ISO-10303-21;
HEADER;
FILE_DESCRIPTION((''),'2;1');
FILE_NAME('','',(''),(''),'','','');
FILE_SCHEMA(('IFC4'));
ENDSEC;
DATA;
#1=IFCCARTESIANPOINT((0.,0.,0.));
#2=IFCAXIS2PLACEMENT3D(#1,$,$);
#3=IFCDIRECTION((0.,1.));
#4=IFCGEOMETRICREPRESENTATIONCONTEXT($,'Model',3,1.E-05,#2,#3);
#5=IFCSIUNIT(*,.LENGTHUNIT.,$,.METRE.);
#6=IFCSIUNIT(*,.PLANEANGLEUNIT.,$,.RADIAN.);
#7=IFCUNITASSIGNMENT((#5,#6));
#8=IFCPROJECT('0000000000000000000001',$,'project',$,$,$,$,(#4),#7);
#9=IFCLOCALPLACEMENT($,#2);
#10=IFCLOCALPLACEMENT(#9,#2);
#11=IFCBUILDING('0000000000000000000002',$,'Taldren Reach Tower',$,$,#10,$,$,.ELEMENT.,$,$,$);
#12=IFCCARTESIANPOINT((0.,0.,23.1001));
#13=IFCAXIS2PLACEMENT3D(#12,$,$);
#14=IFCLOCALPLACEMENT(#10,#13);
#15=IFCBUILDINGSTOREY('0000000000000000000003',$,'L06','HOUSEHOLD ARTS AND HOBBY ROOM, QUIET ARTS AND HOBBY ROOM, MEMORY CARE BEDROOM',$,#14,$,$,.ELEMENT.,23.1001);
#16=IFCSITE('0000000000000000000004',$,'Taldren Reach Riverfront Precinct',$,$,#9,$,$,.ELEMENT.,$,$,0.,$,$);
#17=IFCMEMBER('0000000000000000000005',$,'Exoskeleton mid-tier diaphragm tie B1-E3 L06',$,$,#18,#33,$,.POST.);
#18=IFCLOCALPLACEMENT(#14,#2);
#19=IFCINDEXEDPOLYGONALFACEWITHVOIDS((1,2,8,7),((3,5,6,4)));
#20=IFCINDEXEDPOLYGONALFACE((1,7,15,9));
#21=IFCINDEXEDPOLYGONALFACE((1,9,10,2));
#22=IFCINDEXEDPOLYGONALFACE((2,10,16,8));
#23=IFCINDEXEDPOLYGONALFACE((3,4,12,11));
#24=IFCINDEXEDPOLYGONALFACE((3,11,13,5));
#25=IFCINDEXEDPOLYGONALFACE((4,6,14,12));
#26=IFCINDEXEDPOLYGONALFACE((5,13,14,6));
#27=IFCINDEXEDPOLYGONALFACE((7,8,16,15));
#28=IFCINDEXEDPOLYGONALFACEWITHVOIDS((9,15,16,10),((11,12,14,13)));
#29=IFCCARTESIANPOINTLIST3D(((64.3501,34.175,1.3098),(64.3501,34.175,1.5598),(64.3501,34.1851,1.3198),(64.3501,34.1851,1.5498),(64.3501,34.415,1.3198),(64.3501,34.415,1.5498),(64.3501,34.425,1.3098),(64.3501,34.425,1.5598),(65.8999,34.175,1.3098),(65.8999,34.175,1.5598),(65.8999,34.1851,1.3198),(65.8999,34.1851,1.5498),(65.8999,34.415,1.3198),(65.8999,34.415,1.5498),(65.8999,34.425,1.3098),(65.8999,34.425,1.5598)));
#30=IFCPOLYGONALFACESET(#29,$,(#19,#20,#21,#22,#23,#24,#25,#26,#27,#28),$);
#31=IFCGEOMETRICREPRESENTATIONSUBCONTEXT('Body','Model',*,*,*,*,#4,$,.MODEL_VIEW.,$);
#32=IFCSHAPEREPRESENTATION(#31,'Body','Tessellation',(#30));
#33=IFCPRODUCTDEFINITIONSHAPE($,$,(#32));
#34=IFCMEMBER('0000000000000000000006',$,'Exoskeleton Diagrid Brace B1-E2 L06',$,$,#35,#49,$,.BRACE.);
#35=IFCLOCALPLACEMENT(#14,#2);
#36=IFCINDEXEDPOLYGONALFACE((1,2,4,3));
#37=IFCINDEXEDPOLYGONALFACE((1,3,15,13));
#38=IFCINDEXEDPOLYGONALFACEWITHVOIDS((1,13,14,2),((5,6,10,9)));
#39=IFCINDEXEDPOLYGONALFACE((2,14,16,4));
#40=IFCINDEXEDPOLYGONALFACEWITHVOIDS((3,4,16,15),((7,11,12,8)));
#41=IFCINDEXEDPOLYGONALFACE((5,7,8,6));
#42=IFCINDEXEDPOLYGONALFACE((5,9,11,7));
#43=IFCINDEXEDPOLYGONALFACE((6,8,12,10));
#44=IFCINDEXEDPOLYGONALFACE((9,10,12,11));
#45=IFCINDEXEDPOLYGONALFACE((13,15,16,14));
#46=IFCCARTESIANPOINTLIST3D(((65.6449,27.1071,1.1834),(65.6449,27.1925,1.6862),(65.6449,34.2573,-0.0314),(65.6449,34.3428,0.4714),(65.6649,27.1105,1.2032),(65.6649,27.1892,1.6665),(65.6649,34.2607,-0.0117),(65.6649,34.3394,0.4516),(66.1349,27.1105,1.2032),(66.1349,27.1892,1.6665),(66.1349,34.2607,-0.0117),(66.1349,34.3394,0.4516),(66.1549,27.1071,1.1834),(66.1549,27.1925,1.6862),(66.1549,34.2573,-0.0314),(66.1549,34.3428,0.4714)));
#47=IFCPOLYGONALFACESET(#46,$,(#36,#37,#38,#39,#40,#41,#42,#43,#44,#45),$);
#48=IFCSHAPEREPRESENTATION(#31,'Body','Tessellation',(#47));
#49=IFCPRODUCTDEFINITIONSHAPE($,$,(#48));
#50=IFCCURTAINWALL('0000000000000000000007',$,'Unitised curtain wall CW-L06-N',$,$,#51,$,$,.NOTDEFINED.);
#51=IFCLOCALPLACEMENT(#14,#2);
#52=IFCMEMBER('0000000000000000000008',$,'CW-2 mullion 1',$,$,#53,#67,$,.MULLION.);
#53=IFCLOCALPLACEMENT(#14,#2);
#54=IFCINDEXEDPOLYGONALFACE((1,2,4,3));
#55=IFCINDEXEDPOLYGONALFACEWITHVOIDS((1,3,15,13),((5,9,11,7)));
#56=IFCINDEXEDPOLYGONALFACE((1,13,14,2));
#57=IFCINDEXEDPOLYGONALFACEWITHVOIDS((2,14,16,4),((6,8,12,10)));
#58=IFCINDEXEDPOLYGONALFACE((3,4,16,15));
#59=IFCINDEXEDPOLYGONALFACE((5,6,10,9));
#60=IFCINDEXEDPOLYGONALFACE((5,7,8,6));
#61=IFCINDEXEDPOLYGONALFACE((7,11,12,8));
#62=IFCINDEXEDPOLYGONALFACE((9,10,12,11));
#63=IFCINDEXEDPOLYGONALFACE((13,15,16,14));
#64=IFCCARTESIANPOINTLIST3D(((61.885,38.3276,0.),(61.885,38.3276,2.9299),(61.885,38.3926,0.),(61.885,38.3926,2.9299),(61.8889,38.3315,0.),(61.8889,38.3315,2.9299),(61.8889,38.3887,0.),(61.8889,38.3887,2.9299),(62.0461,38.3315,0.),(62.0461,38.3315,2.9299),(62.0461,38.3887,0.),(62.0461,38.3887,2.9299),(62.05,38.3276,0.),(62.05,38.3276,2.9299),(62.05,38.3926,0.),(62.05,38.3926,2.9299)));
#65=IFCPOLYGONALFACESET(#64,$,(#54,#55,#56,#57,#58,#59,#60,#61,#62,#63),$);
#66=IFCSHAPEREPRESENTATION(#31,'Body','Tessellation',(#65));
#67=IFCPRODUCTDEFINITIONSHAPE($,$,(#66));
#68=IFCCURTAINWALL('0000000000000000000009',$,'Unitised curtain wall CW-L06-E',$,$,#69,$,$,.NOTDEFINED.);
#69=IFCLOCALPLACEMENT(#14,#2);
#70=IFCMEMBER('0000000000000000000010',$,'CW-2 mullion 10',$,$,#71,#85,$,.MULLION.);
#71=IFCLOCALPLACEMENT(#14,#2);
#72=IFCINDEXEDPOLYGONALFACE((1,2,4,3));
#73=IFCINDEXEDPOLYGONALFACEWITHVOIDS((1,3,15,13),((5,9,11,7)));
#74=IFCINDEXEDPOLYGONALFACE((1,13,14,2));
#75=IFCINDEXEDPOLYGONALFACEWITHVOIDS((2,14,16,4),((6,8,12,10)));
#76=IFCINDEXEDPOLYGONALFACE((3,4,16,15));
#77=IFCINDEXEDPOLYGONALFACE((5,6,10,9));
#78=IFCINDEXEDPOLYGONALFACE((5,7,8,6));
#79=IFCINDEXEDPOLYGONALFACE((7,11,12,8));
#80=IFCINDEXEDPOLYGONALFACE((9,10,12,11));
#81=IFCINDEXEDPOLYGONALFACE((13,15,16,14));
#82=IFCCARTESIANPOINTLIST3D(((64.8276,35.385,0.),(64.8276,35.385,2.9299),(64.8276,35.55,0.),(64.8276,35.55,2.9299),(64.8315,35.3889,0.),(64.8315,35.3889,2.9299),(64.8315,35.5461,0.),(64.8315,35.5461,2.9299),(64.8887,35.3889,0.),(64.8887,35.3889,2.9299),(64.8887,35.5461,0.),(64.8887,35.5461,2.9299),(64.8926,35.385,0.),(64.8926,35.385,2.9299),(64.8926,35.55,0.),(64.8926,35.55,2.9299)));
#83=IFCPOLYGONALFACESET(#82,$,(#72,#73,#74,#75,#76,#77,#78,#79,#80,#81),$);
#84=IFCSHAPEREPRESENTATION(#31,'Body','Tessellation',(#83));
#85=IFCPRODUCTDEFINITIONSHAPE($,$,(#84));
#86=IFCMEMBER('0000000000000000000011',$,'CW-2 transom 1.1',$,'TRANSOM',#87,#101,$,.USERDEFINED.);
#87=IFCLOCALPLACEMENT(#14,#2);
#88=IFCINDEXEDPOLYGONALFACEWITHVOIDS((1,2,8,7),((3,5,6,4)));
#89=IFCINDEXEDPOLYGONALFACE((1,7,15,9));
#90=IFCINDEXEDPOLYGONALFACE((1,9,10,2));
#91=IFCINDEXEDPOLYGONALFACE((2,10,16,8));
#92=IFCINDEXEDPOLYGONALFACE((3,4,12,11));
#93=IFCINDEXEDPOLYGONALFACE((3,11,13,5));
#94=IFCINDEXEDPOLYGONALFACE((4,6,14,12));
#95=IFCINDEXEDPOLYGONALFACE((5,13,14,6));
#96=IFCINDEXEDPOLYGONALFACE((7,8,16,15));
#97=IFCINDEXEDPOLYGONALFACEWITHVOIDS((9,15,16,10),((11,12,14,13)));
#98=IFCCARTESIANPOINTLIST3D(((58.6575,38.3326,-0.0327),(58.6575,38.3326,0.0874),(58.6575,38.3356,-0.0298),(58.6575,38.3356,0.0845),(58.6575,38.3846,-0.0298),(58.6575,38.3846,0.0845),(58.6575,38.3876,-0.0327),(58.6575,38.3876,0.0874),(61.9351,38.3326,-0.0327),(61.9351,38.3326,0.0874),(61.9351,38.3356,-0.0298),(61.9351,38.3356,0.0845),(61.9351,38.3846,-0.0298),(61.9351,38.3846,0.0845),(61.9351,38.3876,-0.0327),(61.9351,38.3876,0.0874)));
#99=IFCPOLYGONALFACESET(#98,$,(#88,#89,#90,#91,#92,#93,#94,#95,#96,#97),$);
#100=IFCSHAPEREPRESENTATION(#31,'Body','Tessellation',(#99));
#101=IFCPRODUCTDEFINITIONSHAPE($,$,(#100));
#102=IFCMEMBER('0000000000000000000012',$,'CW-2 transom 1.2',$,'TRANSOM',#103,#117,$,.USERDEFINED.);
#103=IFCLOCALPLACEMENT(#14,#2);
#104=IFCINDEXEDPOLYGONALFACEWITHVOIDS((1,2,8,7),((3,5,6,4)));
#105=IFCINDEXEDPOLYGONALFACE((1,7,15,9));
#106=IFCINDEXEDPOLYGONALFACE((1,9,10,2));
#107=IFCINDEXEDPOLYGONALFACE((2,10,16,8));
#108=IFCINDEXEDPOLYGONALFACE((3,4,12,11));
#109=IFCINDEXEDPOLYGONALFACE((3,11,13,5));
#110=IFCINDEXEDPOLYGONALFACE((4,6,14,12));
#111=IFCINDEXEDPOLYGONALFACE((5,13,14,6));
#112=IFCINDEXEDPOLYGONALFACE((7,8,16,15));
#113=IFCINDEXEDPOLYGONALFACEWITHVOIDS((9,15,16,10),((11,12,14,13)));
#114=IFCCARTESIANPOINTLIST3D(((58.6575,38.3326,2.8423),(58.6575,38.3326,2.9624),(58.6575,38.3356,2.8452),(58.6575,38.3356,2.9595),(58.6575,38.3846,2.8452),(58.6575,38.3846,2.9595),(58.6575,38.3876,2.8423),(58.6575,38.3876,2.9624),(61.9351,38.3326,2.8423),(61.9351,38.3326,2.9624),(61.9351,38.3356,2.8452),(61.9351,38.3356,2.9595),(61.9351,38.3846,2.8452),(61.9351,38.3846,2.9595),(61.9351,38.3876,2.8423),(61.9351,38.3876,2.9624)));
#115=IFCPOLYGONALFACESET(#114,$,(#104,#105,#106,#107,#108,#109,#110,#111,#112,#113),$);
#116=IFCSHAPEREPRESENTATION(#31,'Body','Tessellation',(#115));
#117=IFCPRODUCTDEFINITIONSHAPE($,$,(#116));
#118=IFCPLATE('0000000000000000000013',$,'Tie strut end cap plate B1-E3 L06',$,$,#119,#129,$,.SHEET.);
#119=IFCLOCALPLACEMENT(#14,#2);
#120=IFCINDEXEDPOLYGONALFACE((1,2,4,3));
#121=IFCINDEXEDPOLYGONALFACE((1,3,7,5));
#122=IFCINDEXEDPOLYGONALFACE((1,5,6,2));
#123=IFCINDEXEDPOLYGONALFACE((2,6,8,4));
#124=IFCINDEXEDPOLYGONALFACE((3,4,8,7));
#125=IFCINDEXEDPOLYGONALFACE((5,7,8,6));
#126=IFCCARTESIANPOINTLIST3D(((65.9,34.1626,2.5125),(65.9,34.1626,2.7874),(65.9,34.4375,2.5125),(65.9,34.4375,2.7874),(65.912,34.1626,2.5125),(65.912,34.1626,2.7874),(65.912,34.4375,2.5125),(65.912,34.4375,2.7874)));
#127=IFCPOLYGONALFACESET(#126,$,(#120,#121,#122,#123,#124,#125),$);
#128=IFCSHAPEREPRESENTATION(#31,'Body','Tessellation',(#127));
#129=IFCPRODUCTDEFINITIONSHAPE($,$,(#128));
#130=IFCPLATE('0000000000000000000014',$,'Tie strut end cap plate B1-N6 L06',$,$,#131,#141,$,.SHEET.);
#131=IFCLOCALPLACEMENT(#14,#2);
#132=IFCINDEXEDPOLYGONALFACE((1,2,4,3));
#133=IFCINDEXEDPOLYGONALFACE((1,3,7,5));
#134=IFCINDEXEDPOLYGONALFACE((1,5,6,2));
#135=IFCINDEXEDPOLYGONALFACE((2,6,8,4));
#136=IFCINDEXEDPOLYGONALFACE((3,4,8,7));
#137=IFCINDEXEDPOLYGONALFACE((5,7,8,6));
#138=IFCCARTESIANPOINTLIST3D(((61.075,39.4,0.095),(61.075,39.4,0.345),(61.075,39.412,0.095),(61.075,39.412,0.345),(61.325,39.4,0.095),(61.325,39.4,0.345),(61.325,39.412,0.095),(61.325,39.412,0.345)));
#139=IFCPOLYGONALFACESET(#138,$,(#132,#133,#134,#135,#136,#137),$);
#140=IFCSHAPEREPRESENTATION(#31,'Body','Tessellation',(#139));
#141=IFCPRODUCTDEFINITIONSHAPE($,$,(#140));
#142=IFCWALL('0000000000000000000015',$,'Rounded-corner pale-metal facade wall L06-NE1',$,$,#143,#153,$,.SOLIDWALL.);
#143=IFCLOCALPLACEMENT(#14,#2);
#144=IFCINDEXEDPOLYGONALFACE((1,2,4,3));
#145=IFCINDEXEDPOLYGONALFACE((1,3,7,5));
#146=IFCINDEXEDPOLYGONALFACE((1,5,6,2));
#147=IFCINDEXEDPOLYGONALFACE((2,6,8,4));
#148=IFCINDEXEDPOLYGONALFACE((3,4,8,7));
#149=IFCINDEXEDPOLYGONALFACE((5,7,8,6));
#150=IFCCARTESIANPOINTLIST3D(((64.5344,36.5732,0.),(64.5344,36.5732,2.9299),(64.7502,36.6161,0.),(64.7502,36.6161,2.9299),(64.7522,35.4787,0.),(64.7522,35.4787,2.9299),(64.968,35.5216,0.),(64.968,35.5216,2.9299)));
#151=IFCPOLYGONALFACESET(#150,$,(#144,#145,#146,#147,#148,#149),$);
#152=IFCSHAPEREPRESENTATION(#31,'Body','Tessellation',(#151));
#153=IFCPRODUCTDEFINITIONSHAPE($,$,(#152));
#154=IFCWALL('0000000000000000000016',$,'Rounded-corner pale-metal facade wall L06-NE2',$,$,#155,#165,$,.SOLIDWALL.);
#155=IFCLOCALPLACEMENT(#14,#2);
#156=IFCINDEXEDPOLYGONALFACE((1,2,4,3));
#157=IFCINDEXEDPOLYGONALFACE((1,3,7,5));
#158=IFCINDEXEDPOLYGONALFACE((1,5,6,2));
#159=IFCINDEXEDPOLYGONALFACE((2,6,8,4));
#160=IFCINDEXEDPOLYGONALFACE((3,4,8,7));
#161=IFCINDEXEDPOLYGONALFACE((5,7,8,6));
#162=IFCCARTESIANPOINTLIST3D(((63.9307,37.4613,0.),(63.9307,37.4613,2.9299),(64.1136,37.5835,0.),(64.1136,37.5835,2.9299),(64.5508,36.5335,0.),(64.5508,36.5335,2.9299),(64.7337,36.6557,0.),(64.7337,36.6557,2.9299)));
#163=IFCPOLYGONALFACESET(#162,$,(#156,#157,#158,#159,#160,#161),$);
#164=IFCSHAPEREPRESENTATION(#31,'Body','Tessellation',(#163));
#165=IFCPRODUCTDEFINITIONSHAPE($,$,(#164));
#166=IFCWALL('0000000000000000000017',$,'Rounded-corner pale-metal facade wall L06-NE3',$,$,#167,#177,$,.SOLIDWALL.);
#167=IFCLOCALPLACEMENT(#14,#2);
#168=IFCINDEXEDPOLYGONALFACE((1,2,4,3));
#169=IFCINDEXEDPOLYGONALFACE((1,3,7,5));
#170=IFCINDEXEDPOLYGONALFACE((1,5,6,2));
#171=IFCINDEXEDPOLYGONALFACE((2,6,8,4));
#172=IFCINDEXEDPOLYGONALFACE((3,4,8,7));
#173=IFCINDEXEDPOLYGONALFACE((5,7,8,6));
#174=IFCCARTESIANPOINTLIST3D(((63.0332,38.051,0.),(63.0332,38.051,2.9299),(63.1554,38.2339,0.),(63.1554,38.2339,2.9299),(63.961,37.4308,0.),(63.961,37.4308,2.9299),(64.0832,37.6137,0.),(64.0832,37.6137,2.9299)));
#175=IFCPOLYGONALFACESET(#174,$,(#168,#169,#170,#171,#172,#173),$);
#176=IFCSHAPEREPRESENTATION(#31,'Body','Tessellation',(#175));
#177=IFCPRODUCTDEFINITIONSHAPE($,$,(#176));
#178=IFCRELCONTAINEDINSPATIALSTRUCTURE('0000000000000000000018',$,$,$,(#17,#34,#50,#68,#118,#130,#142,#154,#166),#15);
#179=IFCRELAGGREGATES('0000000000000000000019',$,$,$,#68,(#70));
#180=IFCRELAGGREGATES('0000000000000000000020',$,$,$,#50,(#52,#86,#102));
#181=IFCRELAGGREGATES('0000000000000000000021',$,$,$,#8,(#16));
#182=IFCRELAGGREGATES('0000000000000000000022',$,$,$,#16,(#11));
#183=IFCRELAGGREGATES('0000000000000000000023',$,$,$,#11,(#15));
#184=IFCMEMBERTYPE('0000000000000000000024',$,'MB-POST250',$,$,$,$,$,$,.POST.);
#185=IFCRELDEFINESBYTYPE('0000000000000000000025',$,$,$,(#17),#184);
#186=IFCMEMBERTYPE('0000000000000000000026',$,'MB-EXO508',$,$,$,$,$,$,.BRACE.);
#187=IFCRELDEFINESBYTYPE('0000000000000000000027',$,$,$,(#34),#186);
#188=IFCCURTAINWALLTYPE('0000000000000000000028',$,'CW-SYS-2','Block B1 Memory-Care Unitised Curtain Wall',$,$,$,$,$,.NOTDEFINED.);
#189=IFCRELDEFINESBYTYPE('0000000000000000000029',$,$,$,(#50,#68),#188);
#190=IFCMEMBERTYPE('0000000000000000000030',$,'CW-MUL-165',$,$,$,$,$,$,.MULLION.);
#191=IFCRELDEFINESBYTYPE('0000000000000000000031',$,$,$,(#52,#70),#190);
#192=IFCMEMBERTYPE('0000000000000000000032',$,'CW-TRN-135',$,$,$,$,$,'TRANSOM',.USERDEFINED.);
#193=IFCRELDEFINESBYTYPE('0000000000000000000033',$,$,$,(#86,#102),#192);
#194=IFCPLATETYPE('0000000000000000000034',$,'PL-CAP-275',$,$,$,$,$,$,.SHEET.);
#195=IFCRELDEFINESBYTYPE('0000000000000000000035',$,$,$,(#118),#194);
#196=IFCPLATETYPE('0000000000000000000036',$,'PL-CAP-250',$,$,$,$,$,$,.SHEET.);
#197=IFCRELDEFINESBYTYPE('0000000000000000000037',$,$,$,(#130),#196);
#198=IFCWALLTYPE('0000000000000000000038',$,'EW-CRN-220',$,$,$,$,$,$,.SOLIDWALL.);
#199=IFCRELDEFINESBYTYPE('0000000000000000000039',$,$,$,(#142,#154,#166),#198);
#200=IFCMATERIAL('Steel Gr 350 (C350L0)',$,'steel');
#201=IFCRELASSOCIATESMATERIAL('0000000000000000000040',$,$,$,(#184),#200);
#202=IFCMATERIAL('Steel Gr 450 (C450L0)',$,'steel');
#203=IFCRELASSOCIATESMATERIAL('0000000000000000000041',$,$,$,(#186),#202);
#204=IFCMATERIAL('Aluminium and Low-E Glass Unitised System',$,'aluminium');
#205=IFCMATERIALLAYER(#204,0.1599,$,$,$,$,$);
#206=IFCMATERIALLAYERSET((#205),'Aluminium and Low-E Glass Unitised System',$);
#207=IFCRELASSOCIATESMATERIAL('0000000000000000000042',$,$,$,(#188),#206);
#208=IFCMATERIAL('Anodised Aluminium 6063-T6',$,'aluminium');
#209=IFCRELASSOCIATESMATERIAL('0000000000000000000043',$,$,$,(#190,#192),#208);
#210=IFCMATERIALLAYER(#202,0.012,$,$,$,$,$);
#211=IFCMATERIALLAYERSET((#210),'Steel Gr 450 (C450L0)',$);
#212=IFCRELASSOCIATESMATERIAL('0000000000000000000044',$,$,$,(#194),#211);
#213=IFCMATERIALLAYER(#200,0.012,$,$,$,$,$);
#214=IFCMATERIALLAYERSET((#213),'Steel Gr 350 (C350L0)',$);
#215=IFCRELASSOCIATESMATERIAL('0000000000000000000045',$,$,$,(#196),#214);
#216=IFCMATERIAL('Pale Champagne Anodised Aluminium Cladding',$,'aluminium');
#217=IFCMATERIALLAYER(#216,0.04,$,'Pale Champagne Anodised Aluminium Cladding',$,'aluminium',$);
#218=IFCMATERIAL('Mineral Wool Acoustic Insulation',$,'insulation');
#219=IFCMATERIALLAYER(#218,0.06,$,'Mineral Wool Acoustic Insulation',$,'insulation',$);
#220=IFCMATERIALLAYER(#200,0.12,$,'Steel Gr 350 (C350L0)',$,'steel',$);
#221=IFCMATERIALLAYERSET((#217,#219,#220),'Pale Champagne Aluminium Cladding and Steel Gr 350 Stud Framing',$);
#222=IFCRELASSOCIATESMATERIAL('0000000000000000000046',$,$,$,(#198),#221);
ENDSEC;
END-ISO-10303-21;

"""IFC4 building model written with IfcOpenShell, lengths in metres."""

from ifc_helpers import new_model, si_unit, direction, frame, frame_2d, origin, origin_2d, place, context, subcontext, project, spatial, rectangle, hollow_rectangle, extrude, source, transform, mapped, material, layer, layer_set, material_profile, profile_set, type_object, element, aggregate, save


model = new_model("IFC4")

# Units and contexts
model_context = context("Model", 3, precision=1e-05, world=origin(), true_north=direction((0.0, 1.0)))
body_context = subcontext(model_context, "Body", "Model", "MODEL_VIEW")
ifc_project = project(units=[si_unit("LENGTHUNIT", "METRE"), si_unit("PLANEANGLEUNIT", "RADIAN")], contexts=[model_context])

# Site, building, storey
site_placement = place(None, origin())
site = spatial("IfcSite", under=ifc_project, at=site_placement, Name="Taldren Reach Riverfront Precinct", CompositionType="ELEMENT", RefElevation=0.0)
building_placement = place(site_placement, origin())
building = spatial("IfcBuilding", under=site, at=building_placement, Name="Taldren Reach Tower", CompositionType="ELEMENT")
storey_placement = place(building_placement, frame((0.0, 0.0, 23.1001)))
storey = spatial("IfcBuildingStorey", under=building, at=storey_placement, Name="L06", Description="HOUSEHOLD ARTS AND HOBBY ROOM, QUIET ARTS AND HOBBY ROOM, MEMORY CARE BEDROOM", CompositionType="ELEMENT", Elevation=23.1001)

# Members
ifc_material_1 = material(Name="Steel Gr 450 (C450L0)", Category="steel")
ifc_material_2 = material(Name="Steel Gr 350 (C350L0)", Category="steel")
ifc_material_profile_1 = material_profile(ifc_material_2, hollow_rectangle(XDim=0.25, YDim=0.25, WallThickness=0.01, at=origin_2d()), Name="250x250x10.0SHS")
ifc_profile_set_1 = profile_set([ifc_material_profile_1], Name="Steel Gr 350 (C350L0)")
member_type_1 = type_object("IfcMemberType", Name="MB-POST250", PredefinedType="POST", material=ifc_profile_set_1)
shared_shape_1 = source(origin(), body_context, "Body", "SweptSolid", [
    extrude(hollow_rectangle(XDim=0.25, YDim=0.25, WallThickness=0.01, at=origin_2d()), origin(), (0.0, 0.0, 1.0), 1.5498),
])
for number, where, z_axis, x_axis, name in (
    (1, (64.3501, 34.3, 1.4348), (1.0, 0.0, 0.0), (0.0, 1.0, 0.0), "Exoskeleton mid-tier diaphragm tie B1-E3 L06"),
):
    element("IfcMember", number, at=place(storey_placement, frame(where, z_axis=z_axis, x_axis=x_axis)), inside=storey, type_object=member_type_1, Name=name, PredefinedType="POST", context=body_context, shape_type="MappedRepresentation", body=[
        mapped(shared_shape_1, transform((0.0, 0.0, 0.0), scale=1.0)),
    ])
ifc_material_profile_2 = material_profile(ifc_material_1, hollow_rectangle(XDim=0.51, YDim=0.51, WallThickness=0.02, at=origin_2d()), Name="510x510x20.0SHS")
ifc_profile_set_2 = profile_set([ifc_material_profile_2], Name="Steel Gr 450 (C450L0)")
member_type_2 = type_object("IfcMemberType", Name="MB-EXO508", PredefinedType="BRACE", material=ifc_profile_set_2)
shared_shape_2 = source(origin(), body_context, "Body", "SweptSolid", [
    extrude(hollow_rectangle(XDim=0.51, YDim=0.51, WallThickness=0.02, at=origin_2d()), origin(), (0.0, 0.0, 1.0), 7.2527),
])
member_1_placement = place(storey_placement, frame((65.8999, 34.3, 0.22), z_axis=(0.0, -0.985871, 0.167504), x_axis=(1.0, 0.0, 0.0)))
element("IfcMember", 2, at=member_1_placement, inside=storey, type_object=member_type_2, Name="Exoskeleton Diagrid Brace B1-E2 L06", PredefinedType="BRACE", context=body_context, shape_type="MappedRepresentation", body=[
    mapped(shared_shape_2, transform((0.0, 0.0, 0.0), scale=1.0)),
])

# Curtain walls, members
ifc_material_3 = material(Name="Aluminium and Low-E Glass Unitised System", Category="aluminium")
ifc_layer_1 = layer(ifc_material_3, 0.1599)
ifc_layer_set_1 = layer_set([ifc_layer_1], Name="Aluminium and Low-E Glass Unitised System")
curtain_wall_type = type_object("IfcCurtainWallType", Name="CW-SYS-2", Description="Block B1 Memory-Care Unitised Curtain Wall", PredefinedType="NOTDEFINED", material=ifc_layer_set_1)
curtain_wall_1_placement = place(storey_placement, origin())
curtain_wall_1 = element("IfcCurtainWall", 3, at=curtain_wall_1_placement, inside=storey, type_object=curtain_wall_type, Name="Unitised curtain wall CW-L06-N", PredefinedType="NOTDEFINED")
ifc_material_4 = material(Name="Anodised Aluminium 6063-T6", Category="aluminium")
ifc_material_profile_3 = material_profile(ifc_material_4, hollow_rectangle(XDim=0.0649, YDim=0.165, WallThickness=0.0039, at=origin_2d()), Name="ALU-165x65x4RHS")
ifc_profile_set_3 = profile_set([ifc_material_profile_3], Name="Anodised Aluminium 6063-T6")
member_type_3 = type_object("IfcMemberType", Name="CW-MUL-165", PredefinedType="MULLION", material=ifc_profile_set_3)
shared_shape_3 = source(origin(), body_context, "Body", "SweptSolid", [
    extrude(hollow_rectangle(XDim=0.0649, YDim=0.165, WallThickness=0.0039, at=origin_2d()), origin(), (0.0, 0.0, 1.0), 2.9299),
])
member_2_placement = place(storey_placement, frame((61.9675, 38.3601, 0.0), z_axis=(0.0, 0.0, 1.0), x_axis=(0.0, -1.0, 0.0)))
member_2 = element("IfcMember", 4, at=member_2_placement, type_object=member_type_3, Name="CW-2 mullion 1", PredefinedType="MULLION", context=body_context, shape_type="MappedRepresentation", body=[
    mapped(shared_shape_3, transform((0.0, 0.0, 0.0), scale=1.0)),
])
curtain_wall_2_placement = place(storey_placement, origin())
curtain_wall_2 = element("IfcCurtainWall", 5, at=curtain_wall_2_placement, inside=storey, type_object=curtain_wall_type, Name="Unitised curtain wall CW-L06-E", PredefinedType="NOTDEFINED")
member_3_placement = place(storey_placement, frame((64.8601, 35.4675, 0.0), z_axis=(0.0, 0.0, 1.0), x_axis=(-1.0, 0.0, 0.0)))
member_3 = element("IfcMember", 6, at=member_3_placement, type_object=member_type_3, Name="CW-2 mullion 10", PredefinedType="MULLION", context=body_context, shape_type="MappedRepresentation", body=[
    mapped(shared_shape_3, transform((0.0, 0.0, 0.0), scale=1.0)),
])
aggregate(curtain_wall_2, [member_3])

# Members
ifc_material_profile_4 = material_profile(ifc_material_4, hollow_rectangle(XDim=0.0549, YDim=0.1201, WallThickness=0.0029, at=origin_2d()), Name="ALU-120x55x3RHS")
ifc_profile_set_4 = profile_set([ifc_material_profile_4], Name="Anodised Aluminium 6063-T6")
member_type_4 = type_object("IfcMemberType", Name="CW-TRN-135", ElementType="TRANSOM", PredefinedType="USERDEFINED", material=ifc_profile_set_4)
shared_shape_4 = source(origin(), body_context, "Body", "SweptSolid", [
    extrude(hollow_rectangle(XDim=0.0549, YDim=0.1201, WallThickness=0.0029, at=origin_2d()), origin(), (0.0, 0.0, 1.0), 3.2776),
])
member_4_placement = place(storey_placement, frame((61.9351, 38.3601, 0.0273), z_axis=(-1.0, 0.0, 0.0), x_axis=(0.0, -1.0, 0.0)))
member_4 = element("IfcMember", 7, at=member_4_placement, type_object=member_type_4, Name="CW-2 transom 1.1", ObjectType="TRANSOM", PredefinedType="USERDEFINED", context=body_context, shape_type="MappedRepresentation", body=[
    mapped(shared_shape_4, transform((0.0, 0.0, 0.0), scale=1.0)),
])
member_5_placement = place(storey_placement, frame((61.9351, 38.3601, 2.9023), z_axis=(-1.0, 0.0, 0.0), x_axis=(0.0, -1.0, 0.0)))
member_5 = element("IfcMember", 8, at=member_5_placement, type_object=member_type_4, Name="CW-2 transom 1.2", ObjectType="TRANSOM", PredefinedType="USERDEFINED", context=body_context, shape_type="MappedRepresentation", body=[
    mapped(shared_shape_4, transform((0.0, 0.0, 0.0), scale=1.0)),
])
aggregate(curtain_wall_1, [member_2, member_4, member_5])

# Plates
ifc_layer_2 = layer(ifc_material_1, 0.012)
ifc_layer_set_2 = layer_set([ifc_layer_2], Name="Steel Gr 450 (C450L0)")
plate_type_1 = type_object("IfcPlateType", Name="PL-CAP-275", PredefinedType="SHEET", material=ifc_layer_set_2)
shared_shape_5 = source(origin(), body_context, "Body", "SweptSolid", [
    extrude(rectangle(XDim=0.012, YDim=0.2749, at=origin_2d()), origin(), (0.0, 0.0, 1.0), 0.2749),
])
plate_1_placement = place(storey_placement, frame((65.906, 34.3, 2.5125), z_axis=(0.0, 0.0, 1.0), x_axis=(1.0, 0.0, 0.0)))
element("IfcPlate", 9, at=plate_1_placement, inside=storey, type_object=plate_type_1, Name="Tie strut end cap plate B1-E3 L06", PredefinedType="SHEET", context=body_context, shape_type="MappedRepresentation", body=[
    mapped(shared_shape_5, transform((0.0, 0.0, 0.0), scale=1.0)),
])
ifc_layer_3 = layer(ifc_material_2, 0.012)
ifc_layer_set_3 = layer_set([ifc_layer_3], Name="Steel Gr 350 (C350L0)")
plate_type_2 = type_object("IfcPlateType", Name="PL-CAP-250", PredefinedType="SHEET", material=ifc_layer_set_3)
shared_shape_6 = source(origin(), body_context, "Body", "SweptSolid", [
    extrude(rectangle(XDim=0.25, YDim=0.012, at=origin_2d()), origin(), (0.0, 0.0, 1.0), 0.25),
])
plate_2_placement = place(storey_placement, frame((61.2, 39.406, 0.095), z_axis=(0.0, 0.0, 1.0), x_axis=(1.0, 0.0, 0.0)))
element("IfcPlate", 10, at=plate_2_placement, inside=storey, type_object=plate_type_2, Name="Tie strut end cap plate B1-N6 L06", PredefinedType="SHEET", context=body_context, shape_type="MappedRepresentation", body=[
    mapped(shared_shape_6, transform((0.0, 0.0, 0.0), scale=1.0)),
])

# Walls
ifc_material_5 = material(Name="Pale Champagne Anodised Aluminium Cladding", Category="aluminium")
ifc_layer_4 = layer(ifc_material_5, 0.04, Name="Pale Champagne Anodised Aluminium Cladding", Category="aluminium")
ifc_material_6 = material(Name="Mineral Wool Acoustic Insulation", Category="insulation")
ifc_layer_5 = layer(ifc_material_6, 0.06, Name="Mineral Wool Acoustic Insulation", Category="insulation")
ifc_layer_6 = layer(ifc_material_2, 0.12, Name="Steel Gr 350 (C350L0)", Category="steel")
ifc_layer_set_4 = layer_set([ifc_layer_4, ifc_layer_5, ifc_layer_6], Name="Pale Champagne Aluminium Cladding and Steel Gr 350 Stud Framing")
wall_type = type_object("IfcWallType", Name="EW-CRN-220", PredefinedType="SOLIDWALL", material=ifc_layer_set_4)
shared_shape_7 = source(origin(), body_context, "Body", "SweptSolid", [
    extrude(rectangle(XDim=1.116, YDim=0.22, at=frame_2d((0.5581, 0.0))), origin(), (0.0, 0.0, 1.0), 2.9299),
])
for number, where, z_axis, x_axis, name in (
    (11, (64.8601, 35.5, 0.0), (0.0, 0.0, 1.0), (-0.195148, 0.980774, 0.0), "Rounded-corner pale-metal facade wall L06-NE1"),
    (12, (64.6423, 36.5945, 0.0), (0.0, 0.0, 1.0), (-0.55571, 0.831377, 0.0), "Rounded-corner pale-metal facade wall L06-NE2"),
    (13, (64.0222, 37.5222, 0.0), (0.0, 0.0, 1.0), (-0.831377, 0.55571, 0.0), "Rounded-corner pale-metal facade wall L06-NE3"),
):
    element("IfcWall", number, at=place(storey_placement, frame(where, z_axis=z_axis, x_axis=x_axis)), inside=storey, type_object=wall_type, Name=name, PredefinedType="SOLIDWALL", context=body_context, shape_type="MappedRepresentation", body=[
        mapped(shared_shape_7, transform((0.0, 0.0, 0.0), scale=1.0)),
    ])

save(model, "model.ifc")
